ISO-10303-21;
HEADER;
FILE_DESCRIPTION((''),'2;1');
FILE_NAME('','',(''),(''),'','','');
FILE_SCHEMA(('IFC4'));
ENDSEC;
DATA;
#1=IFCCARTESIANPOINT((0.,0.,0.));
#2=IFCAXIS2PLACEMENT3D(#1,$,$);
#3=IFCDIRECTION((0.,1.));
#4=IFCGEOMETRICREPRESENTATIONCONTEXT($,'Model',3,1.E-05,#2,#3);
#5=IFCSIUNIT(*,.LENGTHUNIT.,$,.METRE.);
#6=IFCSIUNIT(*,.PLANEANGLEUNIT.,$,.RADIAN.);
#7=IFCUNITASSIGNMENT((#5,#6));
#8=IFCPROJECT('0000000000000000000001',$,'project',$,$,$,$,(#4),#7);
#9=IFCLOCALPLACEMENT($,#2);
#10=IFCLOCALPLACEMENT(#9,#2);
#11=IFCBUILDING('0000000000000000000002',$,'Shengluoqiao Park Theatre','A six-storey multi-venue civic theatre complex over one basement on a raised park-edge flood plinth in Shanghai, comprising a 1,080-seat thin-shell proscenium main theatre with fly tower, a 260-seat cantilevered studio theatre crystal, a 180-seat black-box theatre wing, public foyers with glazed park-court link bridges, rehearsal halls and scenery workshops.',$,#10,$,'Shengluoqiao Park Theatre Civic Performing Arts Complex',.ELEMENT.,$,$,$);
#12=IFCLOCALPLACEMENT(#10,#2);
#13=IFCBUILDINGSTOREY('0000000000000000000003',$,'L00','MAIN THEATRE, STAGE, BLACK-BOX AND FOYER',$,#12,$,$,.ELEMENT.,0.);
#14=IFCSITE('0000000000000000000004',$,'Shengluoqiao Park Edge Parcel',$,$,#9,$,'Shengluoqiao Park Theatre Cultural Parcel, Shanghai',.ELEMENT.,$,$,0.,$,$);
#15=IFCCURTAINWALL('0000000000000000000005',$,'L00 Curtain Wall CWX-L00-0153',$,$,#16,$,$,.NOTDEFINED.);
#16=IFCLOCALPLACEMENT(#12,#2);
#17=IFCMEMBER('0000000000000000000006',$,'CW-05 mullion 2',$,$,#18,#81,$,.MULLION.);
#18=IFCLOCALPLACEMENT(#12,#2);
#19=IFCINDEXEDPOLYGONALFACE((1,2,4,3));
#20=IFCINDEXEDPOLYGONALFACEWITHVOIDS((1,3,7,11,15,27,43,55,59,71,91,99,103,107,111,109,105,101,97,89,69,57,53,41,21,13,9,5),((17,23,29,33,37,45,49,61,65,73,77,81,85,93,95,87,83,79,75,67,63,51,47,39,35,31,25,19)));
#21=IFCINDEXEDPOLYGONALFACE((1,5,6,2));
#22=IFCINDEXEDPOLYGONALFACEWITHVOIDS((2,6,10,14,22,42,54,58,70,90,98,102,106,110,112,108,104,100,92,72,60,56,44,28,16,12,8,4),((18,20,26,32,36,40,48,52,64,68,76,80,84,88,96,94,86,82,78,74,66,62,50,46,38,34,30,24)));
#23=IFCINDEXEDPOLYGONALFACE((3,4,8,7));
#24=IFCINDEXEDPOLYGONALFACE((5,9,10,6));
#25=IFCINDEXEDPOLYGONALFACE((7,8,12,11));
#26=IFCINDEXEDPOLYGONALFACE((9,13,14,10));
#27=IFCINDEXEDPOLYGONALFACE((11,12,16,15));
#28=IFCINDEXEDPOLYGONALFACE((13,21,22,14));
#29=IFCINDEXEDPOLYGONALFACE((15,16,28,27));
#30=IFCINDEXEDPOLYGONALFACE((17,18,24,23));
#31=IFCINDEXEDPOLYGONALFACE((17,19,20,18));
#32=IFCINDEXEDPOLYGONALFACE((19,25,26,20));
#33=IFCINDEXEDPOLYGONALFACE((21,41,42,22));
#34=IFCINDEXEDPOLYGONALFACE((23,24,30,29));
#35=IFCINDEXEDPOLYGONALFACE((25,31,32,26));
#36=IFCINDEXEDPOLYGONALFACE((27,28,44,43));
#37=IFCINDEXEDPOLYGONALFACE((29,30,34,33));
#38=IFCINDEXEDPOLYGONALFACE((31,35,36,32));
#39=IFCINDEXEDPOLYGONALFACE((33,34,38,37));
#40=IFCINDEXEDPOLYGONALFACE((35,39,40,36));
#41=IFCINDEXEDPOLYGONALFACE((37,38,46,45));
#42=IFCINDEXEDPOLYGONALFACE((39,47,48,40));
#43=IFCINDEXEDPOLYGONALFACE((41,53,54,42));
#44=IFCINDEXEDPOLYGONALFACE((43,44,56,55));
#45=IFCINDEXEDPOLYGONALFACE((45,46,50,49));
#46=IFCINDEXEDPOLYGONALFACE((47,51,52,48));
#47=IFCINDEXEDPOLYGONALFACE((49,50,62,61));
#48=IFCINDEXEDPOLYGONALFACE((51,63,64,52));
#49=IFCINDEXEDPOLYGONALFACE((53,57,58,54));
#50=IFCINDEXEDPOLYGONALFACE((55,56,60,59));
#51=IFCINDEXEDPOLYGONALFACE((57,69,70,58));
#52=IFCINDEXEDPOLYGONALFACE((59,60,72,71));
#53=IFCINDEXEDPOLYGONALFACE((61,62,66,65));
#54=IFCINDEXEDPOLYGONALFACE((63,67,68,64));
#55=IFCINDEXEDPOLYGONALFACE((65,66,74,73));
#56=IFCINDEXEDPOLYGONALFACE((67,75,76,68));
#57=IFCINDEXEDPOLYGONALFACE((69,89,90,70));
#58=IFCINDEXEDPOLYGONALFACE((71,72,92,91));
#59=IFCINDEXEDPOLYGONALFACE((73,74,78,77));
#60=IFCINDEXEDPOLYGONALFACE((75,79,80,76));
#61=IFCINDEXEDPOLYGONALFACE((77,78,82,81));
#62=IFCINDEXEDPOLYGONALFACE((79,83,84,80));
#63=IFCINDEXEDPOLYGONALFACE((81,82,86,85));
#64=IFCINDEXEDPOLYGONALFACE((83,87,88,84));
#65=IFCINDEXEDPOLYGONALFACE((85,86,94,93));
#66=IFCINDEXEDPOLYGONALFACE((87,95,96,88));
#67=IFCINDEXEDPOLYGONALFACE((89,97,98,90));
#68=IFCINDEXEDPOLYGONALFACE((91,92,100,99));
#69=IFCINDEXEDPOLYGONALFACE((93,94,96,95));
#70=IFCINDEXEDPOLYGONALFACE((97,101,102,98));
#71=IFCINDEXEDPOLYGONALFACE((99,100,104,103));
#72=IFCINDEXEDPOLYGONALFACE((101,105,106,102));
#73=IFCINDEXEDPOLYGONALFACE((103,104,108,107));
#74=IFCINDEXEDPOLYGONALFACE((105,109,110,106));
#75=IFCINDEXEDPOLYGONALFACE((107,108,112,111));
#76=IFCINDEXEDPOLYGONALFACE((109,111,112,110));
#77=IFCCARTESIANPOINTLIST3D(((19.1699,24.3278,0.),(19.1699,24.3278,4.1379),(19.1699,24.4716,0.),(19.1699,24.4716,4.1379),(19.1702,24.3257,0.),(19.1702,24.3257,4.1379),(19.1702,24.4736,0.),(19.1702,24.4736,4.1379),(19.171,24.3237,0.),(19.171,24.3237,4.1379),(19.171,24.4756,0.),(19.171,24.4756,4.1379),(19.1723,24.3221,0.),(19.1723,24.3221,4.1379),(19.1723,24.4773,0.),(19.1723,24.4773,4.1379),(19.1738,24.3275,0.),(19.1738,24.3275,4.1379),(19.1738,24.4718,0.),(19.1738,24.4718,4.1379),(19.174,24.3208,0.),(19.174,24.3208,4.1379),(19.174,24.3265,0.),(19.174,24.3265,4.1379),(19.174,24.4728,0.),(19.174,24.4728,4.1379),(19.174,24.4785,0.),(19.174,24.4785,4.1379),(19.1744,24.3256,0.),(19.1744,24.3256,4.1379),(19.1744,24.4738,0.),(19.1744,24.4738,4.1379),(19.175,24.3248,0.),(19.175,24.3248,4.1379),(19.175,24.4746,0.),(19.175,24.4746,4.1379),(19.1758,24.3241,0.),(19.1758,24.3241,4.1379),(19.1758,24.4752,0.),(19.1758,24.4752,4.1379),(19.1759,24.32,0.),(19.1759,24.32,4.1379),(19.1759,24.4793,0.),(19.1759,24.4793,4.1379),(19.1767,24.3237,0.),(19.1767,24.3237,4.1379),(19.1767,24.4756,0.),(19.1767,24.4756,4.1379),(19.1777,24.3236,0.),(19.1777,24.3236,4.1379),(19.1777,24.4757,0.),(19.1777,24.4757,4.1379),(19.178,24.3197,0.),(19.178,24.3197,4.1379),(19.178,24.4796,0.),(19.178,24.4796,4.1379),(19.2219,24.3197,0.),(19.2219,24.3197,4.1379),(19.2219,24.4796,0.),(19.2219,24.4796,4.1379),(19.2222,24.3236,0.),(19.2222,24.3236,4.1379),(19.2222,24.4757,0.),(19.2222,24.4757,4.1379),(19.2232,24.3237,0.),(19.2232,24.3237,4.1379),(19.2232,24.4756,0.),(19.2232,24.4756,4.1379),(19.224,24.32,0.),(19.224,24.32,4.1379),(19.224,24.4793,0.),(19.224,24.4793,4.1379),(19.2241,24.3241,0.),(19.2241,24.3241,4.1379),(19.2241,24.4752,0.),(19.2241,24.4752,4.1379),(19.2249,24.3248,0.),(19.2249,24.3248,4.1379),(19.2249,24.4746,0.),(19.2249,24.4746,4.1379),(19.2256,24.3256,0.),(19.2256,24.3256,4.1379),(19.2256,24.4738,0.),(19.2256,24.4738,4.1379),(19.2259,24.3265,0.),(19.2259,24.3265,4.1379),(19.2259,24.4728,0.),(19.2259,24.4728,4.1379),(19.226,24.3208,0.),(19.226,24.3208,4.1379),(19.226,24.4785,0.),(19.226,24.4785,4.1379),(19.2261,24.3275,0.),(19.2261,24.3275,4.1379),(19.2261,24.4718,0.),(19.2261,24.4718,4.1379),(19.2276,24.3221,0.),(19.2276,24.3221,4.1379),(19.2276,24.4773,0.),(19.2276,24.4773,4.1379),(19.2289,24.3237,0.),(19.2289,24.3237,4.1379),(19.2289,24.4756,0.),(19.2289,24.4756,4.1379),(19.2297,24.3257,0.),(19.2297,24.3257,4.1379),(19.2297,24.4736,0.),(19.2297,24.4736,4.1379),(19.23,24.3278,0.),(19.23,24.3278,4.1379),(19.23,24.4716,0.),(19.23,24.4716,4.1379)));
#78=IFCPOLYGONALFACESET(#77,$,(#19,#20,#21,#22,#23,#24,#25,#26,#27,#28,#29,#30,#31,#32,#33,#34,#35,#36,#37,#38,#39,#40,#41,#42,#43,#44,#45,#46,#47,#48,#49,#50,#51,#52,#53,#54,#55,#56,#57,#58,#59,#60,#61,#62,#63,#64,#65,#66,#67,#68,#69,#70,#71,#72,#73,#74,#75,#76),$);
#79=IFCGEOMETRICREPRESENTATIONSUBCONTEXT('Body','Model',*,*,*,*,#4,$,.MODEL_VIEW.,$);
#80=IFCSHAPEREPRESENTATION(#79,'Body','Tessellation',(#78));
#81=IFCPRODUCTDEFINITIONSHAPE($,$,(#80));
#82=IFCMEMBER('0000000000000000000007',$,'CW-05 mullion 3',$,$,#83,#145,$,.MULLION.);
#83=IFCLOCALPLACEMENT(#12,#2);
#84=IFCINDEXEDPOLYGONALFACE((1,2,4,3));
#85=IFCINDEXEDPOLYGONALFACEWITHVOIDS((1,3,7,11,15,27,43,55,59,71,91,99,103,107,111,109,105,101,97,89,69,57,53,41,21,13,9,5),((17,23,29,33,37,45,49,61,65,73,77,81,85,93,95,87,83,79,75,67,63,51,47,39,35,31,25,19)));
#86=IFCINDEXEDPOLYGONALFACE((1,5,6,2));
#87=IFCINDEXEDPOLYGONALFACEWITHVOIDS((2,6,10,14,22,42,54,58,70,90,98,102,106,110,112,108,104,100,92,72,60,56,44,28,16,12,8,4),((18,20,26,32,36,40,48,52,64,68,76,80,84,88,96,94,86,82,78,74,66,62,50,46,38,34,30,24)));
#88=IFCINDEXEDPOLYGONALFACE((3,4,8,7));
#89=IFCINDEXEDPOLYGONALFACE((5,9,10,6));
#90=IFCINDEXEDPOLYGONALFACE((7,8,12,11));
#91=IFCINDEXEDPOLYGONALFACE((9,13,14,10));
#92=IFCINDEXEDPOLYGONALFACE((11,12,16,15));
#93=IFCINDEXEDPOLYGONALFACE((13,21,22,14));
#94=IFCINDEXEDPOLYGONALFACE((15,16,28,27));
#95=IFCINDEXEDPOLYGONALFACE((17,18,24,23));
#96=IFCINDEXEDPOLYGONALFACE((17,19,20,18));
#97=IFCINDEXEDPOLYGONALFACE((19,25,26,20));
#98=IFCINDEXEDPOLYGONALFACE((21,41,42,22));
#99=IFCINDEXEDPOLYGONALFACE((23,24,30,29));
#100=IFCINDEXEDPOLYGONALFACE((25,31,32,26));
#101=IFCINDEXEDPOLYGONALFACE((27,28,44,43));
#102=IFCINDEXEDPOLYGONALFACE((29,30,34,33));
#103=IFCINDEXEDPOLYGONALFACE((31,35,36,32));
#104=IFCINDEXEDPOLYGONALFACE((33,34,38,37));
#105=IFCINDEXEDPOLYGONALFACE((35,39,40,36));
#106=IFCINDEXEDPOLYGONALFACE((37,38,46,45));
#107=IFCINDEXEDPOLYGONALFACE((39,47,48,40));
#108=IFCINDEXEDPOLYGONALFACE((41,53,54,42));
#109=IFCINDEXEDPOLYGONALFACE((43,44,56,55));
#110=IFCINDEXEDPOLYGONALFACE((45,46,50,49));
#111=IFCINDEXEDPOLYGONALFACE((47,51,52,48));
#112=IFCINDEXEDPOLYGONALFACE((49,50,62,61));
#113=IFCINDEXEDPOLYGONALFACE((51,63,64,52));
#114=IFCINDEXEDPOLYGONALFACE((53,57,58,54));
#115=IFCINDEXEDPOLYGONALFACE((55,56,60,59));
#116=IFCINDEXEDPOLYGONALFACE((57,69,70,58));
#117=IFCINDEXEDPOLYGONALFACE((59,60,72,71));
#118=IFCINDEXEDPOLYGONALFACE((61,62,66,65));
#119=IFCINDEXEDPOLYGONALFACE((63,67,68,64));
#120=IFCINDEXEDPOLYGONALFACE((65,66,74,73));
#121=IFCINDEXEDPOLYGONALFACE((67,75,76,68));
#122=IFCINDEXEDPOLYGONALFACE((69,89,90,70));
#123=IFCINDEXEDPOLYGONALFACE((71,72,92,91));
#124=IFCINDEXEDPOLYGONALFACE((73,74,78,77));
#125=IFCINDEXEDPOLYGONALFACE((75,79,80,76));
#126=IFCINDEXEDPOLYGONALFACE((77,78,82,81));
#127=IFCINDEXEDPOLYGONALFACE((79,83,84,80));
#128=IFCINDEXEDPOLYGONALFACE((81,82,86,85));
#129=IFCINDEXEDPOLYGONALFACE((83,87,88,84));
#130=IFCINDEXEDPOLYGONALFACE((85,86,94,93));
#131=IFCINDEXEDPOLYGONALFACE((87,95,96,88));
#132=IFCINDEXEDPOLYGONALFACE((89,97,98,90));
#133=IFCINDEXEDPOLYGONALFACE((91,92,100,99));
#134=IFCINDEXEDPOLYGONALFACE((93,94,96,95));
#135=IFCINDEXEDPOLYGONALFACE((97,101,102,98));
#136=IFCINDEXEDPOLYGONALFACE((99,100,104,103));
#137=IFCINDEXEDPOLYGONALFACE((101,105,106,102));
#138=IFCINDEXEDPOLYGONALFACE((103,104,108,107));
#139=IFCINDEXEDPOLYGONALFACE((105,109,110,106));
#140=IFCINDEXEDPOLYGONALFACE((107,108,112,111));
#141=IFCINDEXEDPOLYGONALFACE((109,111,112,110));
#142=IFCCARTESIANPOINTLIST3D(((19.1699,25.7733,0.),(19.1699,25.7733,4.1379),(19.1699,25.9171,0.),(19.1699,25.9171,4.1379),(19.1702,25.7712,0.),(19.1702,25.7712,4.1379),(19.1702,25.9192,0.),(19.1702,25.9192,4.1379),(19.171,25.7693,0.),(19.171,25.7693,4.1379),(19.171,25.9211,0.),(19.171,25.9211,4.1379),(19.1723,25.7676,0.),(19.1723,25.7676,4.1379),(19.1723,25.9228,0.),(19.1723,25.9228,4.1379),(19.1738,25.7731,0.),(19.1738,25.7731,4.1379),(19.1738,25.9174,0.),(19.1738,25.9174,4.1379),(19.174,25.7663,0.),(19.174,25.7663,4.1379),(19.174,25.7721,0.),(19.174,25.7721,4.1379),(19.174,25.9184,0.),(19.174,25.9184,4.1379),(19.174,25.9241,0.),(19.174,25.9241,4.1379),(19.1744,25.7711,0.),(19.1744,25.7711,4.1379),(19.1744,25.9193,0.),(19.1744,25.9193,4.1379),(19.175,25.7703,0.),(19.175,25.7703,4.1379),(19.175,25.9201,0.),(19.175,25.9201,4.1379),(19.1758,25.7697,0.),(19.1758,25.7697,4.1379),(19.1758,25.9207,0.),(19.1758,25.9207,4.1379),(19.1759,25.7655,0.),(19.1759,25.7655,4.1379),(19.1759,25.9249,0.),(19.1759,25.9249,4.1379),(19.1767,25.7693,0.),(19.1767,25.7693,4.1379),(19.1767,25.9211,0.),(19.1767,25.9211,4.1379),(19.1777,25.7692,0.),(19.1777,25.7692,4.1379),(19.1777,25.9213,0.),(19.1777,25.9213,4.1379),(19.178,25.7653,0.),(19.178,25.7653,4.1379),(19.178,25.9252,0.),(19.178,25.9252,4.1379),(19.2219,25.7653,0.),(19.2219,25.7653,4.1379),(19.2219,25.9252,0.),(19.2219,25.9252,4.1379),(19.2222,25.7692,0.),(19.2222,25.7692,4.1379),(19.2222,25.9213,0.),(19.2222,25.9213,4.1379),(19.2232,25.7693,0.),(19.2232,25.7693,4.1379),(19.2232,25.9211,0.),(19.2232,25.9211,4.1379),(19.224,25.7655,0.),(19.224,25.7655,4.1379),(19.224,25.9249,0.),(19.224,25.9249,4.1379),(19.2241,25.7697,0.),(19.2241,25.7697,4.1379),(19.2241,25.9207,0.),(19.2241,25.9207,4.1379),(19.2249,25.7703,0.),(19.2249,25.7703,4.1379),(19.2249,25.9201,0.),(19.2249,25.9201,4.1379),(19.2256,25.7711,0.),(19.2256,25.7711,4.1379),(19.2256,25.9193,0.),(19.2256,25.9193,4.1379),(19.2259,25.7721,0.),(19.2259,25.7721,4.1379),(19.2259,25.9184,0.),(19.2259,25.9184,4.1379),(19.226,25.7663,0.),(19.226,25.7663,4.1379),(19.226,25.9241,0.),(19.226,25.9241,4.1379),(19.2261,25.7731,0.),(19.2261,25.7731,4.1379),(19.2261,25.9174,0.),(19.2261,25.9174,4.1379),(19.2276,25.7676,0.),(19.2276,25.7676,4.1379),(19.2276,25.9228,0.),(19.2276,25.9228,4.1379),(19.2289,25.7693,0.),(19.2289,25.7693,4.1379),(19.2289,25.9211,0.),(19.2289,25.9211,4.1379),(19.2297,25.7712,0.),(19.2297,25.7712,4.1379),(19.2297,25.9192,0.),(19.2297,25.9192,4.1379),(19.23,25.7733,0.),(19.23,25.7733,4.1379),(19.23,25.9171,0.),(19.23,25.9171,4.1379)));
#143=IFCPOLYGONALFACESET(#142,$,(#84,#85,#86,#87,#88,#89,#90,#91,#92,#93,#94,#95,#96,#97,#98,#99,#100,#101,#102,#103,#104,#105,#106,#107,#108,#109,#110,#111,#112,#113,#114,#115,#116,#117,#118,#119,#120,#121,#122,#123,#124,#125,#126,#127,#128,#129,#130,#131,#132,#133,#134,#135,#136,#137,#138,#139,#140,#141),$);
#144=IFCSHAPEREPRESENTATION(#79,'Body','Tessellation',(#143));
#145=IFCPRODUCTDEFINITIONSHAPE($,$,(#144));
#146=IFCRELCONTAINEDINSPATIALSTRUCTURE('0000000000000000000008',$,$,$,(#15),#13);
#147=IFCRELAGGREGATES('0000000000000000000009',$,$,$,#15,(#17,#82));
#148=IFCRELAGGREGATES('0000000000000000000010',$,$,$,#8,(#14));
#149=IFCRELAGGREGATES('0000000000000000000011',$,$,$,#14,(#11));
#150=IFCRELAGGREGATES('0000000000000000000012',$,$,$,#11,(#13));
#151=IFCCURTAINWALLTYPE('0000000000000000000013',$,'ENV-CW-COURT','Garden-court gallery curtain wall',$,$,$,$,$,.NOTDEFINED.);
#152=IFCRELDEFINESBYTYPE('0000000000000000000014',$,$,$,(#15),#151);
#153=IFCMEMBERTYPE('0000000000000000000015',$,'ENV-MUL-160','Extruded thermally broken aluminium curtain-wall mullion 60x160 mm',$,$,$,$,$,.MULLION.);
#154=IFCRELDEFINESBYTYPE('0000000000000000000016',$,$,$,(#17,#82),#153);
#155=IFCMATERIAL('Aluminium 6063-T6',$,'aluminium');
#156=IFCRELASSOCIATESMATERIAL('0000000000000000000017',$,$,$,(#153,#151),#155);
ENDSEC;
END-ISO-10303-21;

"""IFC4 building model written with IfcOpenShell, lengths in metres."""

from ifc_helpers import new_model, si_unit, direction, frame, origin, origin_2d, place, context, subcontext, project, spatial, hollow_rectangle, extrude, material, material_profile, profile_set, type_object, element, aggregate, save


model = new_model("IFC4")

# Units and contexts
model_context = context("Model", 3, precision=1e-05, world=origin(), true_north=direction((0.0, 1.0)))
body_context = subcontext(model_context, "Body", "Model", "MODEL_VIEW")
ifc_project = project(units=[si_unit("LENGTHUNIT", "METRE"), si_unit("PLANEANGLEUNIT", "RADIAN")], contexts=[model_context])

# Site, building, storey
site_placement = place(None, origin())
site = spatial("IfcSite", under=ifc_project, at=site_placement, Name="Shengluoqiao Park Edge Parcel", LongName="Shengluoqiao Park Theatre Cultural Parcel, Shanghai", CompositionType="ELEMENT", RefElevation=0.0)
building_placement = place(site_placement, origin())
building = spatial("IfcBuilding", under=site, at=building_placement, Name="Shengluoqiao Park Theatre", Description="A six-storey multi-venue civic theatre complex over one basement on a raised park-edge flood plinth in Shanghai, comprising a 1,080-seat thin-shell proscenium main theatre with fly tower, a 260-seat cantilevered studio theatre crystal, a 180-seat black-box theatre wing, public foyers with glazed park-court link bridges, rehearsal halls and scenery workshops.", LongName="Shengluoqiao Park Theatre Civic Performing Arts Complex", CompositionType="ELEMENT")
storey_placement = place(building_placement, origin())
storey = spatial("IfcBuildingStorey", under=building, at=storey_placement, Name="L00", Description="MAIN THEATRE, STAGE, BLACK-BOX AND FOYER", CompositionType="ELEMENT", Elevation=0.0)

# Shared definitions
ifc_material_1 = material(Name="Aluminium 6063-T6", Category="aluminium")
ifc_material_profile_1 = material_profile(ifc_material_1, hollow_rectangle(XDim=0.0601, YDim=0.1599, WallThickness=0.0039, InnerFilletRadius=0.0039, OuterFilletRadius=0.0081, at=origin_2d()), Name="ALU MULLION 160x60x4")
ifc_profile_set_1 = profile_set([ifc_material_profile_1], Name="Aluminium 6063-T6")
member_type_1 = type_object("IfcMemberType", Name="ENV-MUL-160", Description="Extruded thermally broken aluminium curtain-wall mullion 60x160 mm", PredefinedType="MULLION", material=ifc_profile_set_1)

# Curtain wall, members
curtain_wall_type_1 = type_object("IfcCurtainWallType", Name="ENV-CW-COURT", Description="Garden-court gallery curtain wall", PredefinedType="NOTDEFINED", material=ifc_material_1)
curtain_wall_1_placement = place(storey_placement, origin())
curtain_wall_1 = element("IfcCurtainWall", 1, at=curtain_wall_1_placement, inside=storey, type_object=curtain_wall_type_1, Name="L00 Curtain Wall CWX-L00-0153", PredefinedType="NOTDEFINED")
member_1_placement = place(storey_placement, frame((19.2, 24.3997, 0.0), z_axis=(0.0, 0.0, 1.0), x_axis=(-1.0, 0.0, 0.0)))
member_1 = element("IfcMember", 2, at=member_1_placement, type_object=member_type_1, Name="CW-05 mullion 2", PredefinedType="MULLION", context=body_context, shape_type="SweptSolid", body=[
    extrude(hollow_rectangle(XDim=0.0601, YDim=0.1599, WallThickness=0.0039, InnerFilletRadius=0.0039, OuterFilletRadius=0.0081, at=origin_2d()), origin(), (0.0, 0.0, 1.0), 4.1379),
])
member_2_placement = place(storey_placement, frame((19.2, 25.8452, 0.0), z_axis=(0.0, 0.0, 1.0), x_axis=(-1.0, 0.0, 0.0)))
member_2 = element("IfcMember", 3, at=member_2_placement, type_object=member_type_1, Name="CW-05 mullion 3", PredefinedType="MULLION", context=body_context, shape_type="SweptSolid", body=[
    extrude(hollow_rectangle(XDim=0.0601, YDim=0.1599, WallThickness=0.0039, InnerFilletRadius=0.0039, OuterFilletRadius=0.0081, at=origin_2d()), origin(), (0.0, 0.0, 1.0), 4.1379),
])
aggregate(curtain_wall_1, [member_1, member_2])

save(model, "model.ifc")
